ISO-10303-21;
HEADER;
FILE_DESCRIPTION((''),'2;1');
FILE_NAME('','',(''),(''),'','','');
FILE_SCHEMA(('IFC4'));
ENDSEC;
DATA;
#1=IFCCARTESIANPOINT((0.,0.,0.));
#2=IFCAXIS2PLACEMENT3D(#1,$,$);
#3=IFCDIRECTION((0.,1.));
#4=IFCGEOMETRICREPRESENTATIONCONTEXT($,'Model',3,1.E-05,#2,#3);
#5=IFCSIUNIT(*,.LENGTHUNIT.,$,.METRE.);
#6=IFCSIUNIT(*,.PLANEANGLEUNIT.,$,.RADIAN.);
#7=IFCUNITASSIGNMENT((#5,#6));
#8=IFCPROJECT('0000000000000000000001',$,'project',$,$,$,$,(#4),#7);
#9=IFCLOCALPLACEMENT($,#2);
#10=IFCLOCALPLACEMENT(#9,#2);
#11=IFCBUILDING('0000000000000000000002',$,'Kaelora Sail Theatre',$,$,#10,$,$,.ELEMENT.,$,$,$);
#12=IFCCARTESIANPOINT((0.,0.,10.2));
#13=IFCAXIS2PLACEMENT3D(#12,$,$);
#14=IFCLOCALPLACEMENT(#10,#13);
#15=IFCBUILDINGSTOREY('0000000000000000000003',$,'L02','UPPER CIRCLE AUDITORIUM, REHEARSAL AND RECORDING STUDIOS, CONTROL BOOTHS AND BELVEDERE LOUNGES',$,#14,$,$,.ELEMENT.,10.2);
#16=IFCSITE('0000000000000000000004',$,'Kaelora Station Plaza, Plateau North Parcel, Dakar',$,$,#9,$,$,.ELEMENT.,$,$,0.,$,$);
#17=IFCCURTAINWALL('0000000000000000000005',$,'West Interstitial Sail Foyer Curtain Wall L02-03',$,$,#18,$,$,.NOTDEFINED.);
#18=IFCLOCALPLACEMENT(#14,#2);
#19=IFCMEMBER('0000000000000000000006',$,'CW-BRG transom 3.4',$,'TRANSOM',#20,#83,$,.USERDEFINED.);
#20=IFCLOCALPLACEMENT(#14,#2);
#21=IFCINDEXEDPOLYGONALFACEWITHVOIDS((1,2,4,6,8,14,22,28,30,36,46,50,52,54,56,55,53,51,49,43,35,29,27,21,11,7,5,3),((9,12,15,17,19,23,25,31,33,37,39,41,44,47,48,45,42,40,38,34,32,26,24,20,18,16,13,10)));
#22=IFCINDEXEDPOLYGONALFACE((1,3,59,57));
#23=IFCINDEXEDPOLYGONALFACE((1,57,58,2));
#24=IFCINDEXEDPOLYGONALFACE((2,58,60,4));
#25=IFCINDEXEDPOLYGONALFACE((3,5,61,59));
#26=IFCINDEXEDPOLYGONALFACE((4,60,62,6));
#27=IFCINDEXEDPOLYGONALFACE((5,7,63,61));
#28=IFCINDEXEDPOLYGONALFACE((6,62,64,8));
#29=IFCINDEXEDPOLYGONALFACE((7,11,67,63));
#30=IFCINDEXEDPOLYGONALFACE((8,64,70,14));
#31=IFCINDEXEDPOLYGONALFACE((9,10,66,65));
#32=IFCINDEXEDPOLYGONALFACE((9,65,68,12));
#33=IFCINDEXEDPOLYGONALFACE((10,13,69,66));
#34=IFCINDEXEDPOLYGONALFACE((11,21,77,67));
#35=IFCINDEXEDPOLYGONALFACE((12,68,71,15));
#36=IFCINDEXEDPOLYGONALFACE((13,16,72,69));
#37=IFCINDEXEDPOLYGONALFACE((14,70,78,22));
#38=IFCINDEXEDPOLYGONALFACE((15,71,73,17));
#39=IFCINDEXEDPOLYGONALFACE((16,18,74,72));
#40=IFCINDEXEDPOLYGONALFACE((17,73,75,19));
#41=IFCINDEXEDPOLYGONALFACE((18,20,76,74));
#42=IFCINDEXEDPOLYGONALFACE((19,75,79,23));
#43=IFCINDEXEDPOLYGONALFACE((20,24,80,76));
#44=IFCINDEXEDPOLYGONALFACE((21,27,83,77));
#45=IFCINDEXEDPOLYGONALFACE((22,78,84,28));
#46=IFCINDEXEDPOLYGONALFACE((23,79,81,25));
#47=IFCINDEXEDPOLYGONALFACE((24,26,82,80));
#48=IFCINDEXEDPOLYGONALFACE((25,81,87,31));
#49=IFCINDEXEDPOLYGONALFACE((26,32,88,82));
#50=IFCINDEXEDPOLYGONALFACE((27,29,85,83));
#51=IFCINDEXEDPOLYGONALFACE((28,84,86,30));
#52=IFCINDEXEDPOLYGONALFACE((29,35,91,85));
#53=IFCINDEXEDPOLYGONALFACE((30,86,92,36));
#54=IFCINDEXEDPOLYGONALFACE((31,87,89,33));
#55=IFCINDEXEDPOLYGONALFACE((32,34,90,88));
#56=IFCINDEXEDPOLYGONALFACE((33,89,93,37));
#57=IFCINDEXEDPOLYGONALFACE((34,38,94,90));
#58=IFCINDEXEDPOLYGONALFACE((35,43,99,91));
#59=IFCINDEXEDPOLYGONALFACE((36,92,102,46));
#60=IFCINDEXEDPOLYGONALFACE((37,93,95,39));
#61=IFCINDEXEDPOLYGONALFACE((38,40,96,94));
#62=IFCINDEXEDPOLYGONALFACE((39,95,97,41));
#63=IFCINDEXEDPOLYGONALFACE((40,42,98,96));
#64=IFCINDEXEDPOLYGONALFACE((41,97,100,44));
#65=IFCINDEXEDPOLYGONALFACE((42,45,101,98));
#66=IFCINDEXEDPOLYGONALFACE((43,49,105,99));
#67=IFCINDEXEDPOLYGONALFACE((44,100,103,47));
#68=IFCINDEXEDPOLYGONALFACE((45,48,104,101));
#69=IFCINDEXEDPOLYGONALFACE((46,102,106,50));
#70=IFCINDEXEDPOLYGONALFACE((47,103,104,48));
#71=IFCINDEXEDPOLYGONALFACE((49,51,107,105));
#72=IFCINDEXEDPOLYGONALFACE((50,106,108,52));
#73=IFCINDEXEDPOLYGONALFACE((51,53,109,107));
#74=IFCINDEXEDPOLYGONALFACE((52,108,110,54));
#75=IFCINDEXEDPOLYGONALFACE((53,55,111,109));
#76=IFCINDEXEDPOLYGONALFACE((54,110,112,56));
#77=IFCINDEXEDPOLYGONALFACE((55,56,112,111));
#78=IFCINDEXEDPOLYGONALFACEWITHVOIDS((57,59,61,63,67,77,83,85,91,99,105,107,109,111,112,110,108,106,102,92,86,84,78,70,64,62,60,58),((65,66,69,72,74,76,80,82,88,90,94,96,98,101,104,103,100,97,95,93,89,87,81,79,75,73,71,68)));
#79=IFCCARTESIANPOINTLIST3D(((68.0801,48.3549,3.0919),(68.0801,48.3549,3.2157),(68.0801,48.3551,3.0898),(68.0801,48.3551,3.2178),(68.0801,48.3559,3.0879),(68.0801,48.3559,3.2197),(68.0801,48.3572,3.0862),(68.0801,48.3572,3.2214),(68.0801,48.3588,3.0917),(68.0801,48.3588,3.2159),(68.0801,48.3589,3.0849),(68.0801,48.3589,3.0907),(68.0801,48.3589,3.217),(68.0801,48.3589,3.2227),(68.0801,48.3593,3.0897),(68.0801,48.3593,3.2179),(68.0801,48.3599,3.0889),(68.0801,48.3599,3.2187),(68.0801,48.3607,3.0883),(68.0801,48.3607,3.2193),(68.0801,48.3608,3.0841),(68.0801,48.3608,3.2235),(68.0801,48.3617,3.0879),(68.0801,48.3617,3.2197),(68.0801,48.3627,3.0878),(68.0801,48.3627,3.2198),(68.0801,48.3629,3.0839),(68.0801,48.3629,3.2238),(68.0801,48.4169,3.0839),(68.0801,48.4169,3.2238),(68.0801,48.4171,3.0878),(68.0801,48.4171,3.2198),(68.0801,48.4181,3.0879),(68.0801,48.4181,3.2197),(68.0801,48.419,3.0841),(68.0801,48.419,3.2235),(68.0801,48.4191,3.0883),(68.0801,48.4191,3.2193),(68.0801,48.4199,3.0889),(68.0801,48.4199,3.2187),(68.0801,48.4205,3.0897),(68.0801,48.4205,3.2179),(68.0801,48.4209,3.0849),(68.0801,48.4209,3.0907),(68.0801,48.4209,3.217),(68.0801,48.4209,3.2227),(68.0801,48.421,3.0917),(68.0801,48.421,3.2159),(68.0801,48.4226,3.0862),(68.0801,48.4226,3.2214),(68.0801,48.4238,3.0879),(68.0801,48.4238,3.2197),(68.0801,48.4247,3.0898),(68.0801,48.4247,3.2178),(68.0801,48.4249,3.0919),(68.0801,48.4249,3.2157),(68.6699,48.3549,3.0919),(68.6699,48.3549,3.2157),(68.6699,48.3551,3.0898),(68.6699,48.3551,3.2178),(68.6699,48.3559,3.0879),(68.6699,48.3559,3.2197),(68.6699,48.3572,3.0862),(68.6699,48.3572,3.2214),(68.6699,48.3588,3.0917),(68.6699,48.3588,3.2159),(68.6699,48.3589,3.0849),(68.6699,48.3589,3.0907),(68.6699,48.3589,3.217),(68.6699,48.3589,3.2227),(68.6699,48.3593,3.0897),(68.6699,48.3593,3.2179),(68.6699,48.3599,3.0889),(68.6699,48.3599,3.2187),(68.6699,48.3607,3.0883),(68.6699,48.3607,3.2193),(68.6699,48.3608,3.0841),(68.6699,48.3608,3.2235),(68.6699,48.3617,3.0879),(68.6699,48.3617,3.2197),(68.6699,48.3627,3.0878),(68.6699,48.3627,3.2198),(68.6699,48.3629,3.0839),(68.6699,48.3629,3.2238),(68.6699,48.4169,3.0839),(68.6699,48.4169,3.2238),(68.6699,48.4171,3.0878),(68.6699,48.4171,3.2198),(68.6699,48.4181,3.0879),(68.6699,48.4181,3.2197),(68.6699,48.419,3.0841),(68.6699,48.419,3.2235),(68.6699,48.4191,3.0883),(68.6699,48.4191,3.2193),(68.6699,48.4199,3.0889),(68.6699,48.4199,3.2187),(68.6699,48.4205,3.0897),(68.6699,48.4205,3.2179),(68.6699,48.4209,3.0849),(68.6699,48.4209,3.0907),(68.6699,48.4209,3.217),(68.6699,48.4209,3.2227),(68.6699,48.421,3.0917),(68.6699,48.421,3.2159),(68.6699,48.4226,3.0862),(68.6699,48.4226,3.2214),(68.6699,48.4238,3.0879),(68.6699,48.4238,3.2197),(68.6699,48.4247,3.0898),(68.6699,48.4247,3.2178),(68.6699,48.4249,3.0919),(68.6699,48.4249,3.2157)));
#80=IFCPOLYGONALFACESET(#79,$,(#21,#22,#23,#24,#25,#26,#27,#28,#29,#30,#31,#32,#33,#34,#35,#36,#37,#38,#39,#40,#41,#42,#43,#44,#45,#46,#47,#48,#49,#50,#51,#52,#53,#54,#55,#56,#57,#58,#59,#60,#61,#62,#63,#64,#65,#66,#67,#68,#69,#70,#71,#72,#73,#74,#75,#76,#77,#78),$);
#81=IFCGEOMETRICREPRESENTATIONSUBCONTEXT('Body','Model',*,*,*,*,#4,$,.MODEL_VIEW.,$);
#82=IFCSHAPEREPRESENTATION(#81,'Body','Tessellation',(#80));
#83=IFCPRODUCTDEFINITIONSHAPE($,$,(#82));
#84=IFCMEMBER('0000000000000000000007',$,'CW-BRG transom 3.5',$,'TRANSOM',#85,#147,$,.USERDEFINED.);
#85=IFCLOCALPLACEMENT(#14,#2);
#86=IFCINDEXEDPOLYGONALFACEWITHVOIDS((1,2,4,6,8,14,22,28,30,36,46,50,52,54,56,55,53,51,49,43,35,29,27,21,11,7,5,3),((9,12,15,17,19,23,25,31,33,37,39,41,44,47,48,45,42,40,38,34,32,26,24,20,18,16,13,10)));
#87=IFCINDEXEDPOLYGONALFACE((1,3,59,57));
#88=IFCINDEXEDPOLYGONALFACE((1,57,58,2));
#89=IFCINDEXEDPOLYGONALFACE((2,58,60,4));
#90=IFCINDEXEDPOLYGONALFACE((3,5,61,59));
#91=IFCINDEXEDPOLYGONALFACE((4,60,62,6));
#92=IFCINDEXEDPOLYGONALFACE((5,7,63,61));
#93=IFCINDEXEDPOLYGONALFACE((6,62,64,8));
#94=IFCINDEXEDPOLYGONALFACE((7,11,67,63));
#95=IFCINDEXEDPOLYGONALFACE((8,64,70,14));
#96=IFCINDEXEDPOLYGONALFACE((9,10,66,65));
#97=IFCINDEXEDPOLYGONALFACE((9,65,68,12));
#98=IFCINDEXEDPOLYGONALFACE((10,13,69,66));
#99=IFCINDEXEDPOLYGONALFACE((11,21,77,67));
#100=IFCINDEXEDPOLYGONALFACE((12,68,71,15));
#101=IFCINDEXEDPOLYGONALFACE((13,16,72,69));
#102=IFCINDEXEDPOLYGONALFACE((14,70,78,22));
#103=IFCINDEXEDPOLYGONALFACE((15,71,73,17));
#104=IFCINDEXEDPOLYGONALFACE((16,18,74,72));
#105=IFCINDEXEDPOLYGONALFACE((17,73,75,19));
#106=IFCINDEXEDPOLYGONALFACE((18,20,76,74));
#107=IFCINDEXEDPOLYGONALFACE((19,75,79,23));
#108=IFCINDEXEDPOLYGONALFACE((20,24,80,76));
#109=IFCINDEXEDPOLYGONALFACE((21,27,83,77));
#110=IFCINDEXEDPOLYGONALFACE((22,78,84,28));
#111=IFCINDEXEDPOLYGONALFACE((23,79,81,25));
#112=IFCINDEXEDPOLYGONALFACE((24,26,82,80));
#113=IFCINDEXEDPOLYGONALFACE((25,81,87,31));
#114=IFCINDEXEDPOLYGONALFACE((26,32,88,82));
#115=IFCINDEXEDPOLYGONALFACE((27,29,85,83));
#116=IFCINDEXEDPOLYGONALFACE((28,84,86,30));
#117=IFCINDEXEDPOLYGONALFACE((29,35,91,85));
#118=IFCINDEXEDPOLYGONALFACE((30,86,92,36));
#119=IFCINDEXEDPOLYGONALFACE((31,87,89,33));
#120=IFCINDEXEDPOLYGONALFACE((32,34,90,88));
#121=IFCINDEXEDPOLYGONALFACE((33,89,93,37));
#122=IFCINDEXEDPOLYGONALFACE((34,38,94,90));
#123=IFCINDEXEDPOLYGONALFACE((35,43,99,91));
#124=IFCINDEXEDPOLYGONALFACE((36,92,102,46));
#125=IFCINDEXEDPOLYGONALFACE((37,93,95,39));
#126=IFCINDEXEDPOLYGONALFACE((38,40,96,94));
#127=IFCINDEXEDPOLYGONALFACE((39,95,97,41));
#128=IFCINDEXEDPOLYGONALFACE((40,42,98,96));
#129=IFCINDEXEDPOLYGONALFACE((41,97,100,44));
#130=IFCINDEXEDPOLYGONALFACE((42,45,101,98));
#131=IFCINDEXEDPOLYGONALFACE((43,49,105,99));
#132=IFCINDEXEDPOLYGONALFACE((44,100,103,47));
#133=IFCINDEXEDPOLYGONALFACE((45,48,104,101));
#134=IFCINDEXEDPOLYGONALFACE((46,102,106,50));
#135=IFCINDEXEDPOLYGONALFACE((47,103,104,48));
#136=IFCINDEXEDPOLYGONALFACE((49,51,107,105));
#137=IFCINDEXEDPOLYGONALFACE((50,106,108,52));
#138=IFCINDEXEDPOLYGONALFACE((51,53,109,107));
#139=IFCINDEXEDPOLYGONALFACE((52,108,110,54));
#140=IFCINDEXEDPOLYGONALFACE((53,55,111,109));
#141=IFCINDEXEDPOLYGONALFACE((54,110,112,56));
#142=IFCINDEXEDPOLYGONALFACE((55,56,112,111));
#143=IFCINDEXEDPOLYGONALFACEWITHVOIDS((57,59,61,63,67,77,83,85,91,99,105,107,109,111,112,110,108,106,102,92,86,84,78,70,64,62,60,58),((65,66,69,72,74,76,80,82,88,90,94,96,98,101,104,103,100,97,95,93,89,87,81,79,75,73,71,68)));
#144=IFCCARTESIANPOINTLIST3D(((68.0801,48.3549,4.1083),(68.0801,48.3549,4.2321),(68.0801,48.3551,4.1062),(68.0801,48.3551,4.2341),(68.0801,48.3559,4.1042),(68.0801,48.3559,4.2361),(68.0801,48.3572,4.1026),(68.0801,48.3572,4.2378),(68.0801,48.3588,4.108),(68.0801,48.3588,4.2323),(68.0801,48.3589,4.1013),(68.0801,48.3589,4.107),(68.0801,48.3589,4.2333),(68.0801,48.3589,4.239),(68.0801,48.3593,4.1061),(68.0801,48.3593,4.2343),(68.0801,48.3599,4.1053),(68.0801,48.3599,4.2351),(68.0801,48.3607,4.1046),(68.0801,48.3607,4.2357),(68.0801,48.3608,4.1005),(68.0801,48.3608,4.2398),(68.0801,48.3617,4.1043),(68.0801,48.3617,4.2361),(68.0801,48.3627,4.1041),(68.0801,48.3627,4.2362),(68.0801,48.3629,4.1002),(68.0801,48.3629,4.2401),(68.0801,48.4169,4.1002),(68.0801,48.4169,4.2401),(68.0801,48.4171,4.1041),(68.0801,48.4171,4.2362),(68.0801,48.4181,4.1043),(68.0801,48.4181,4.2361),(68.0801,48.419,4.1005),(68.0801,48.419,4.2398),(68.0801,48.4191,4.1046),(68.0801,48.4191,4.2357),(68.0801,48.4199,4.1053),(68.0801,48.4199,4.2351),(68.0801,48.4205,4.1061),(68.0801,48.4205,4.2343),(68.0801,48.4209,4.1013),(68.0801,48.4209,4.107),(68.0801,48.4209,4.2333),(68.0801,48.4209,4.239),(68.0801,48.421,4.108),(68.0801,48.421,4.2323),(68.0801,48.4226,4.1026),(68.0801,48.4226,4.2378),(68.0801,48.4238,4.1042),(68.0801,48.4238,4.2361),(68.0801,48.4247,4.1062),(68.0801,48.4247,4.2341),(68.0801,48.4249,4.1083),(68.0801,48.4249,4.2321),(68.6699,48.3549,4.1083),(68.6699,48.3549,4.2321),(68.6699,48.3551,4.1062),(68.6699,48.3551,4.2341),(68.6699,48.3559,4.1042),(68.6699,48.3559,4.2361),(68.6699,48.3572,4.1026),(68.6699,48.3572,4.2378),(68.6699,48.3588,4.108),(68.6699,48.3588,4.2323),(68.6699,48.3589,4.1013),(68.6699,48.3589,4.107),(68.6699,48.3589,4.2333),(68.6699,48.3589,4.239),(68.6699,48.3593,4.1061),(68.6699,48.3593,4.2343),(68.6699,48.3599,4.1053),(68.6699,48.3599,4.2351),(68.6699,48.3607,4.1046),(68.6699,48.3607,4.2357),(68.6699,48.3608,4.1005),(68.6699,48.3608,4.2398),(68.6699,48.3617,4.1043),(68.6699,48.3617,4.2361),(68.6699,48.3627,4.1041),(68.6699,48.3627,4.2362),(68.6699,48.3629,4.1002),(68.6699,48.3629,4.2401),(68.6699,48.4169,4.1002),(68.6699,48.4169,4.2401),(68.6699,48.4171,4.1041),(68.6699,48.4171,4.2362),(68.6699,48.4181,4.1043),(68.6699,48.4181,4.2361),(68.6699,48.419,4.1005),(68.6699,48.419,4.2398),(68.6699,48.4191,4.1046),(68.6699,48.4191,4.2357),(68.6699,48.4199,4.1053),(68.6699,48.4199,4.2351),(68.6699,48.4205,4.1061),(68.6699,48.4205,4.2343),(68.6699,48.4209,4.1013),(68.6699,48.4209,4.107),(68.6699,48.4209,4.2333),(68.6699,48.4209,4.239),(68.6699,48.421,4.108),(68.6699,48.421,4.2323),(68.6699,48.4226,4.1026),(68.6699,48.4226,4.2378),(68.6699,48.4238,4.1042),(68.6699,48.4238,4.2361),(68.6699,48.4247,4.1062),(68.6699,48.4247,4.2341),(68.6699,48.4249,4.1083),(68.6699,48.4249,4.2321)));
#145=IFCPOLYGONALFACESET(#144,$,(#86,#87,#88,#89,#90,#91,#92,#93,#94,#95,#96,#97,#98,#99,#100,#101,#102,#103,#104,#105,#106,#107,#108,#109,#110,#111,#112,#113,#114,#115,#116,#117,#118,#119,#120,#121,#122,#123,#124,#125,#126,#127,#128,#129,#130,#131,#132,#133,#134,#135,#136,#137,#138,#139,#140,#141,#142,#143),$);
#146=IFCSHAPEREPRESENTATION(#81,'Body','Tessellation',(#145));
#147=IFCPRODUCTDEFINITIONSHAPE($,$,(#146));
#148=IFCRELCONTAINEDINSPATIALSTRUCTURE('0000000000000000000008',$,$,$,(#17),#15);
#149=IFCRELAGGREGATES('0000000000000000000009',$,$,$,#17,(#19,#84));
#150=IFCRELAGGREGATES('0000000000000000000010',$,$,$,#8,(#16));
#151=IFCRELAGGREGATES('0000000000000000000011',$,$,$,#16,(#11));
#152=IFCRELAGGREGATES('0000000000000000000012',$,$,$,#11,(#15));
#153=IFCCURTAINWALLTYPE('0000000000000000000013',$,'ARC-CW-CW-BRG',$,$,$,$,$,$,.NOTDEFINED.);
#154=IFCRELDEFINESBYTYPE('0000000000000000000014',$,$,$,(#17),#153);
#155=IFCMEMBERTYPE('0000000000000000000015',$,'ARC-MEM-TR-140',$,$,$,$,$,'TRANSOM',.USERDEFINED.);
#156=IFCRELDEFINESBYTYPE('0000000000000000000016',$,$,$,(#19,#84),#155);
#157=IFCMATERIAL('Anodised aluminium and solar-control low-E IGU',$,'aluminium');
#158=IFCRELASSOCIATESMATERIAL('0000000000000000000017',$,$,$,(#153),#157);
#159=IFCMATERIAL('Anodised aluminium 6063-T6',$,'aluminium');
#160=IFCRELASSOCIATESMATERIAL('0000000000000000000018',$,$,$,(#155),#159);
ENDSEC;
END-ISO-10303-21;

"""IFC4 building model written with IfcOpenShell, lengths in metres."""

from ifc_helpers import new_model, si_unit, direction, frame, origin, origin_2d, place, context, subcontext, project, spatial, hollow_rectangle, extrude, material, material_profile, profile_set, type_object, element, aggregate, save


model = new_model("IFC4")

# Units and contexts
model_context = context("Model", 3, precision=1e-05, world=origin(), true_north=direction((0.0, 1.0)))
body_context = subcontext(model_context, "Body", "Model", "MODEL_VIEW")
ifc_project = project(units=[si_unit("LENGTHUNIT", "METRE"), si_unit("PLANEANGLEUNIT", "RADIAN")], contexts=[model_context])

# Site, building, storey
site_placement = place(None, origin())
site = spatial("IfcSite", under=ifc_project, at=site_placement, Name="Kaelora Station Plaza, Plateau North Parcel, Dakar", CompositionType="ELEMENT", RefElevation=0.0)
building_placement = place(site_placement, origin())
building = spatial("IfcBuilding", under=site, at=building_placement, Name="Kaelora Sail Theatre", CompositionType="ELEMENT")
storey_placement = place(building_placement, frame((0.0, 0.0, 10.2)))
storey = spatial("IfcBuildingStorey", under=building, at=storey_placement, Name="L02", Description="UPPER CIRCLE AUDITORIUM, REHEARSAL AND RECORDING STUDIOS, CONTROL BOOTHS AND BELVEDERE LOUNGES", CompositionType="ELEMENT", Elevation=10.2)

# Curtain wall, members
ifc_material_1 = material(Name="Anodised aluminium and solar-control low-E IGU", Category="aluminium")
curtain_wall_type = type_object("IfcCurtainWallType", Name="ARC-CW-CW-BRG", PredefinedType="NOTDEFINED", material=ifc_material_1)
curtain_wall_placement = place(storey_placement, origin())
curtain_wall = element("IfcCurtainWall", 1, at=curtain_wall_placement, inside=storey, type_object=curtain_wall_type, Name="West Interstitial Sail Foyer Curtain Wall L02-03", PredefinedType="NOTDEFINED")
ifc_material_2 = material(Name="Anodised aluminium 6063-T6", Category="aluminium")
ifc_material_profile_1 = material_profile(ifc_material_2, hollow_rectangle(XDim=0.0701, YDim=0.1399, WallThickness=0.0039, InnerFilletRadius=0.0039, OuterFilletRadius=0.0081, at=origin_2d()), Name="ALU-TRAN 70x140x4")
ifc_profile_set_1 = profile_set([ifc_material_profile_1], Name="Anodised aluminium 6063-T6")
member_type_1 = type_object("IfcMemberType", Name="ARC-MEM-TR-140", ElementType="TRANSOM", PredefinedType="USERDEFINED", material=ifc_profile_set_1)
member_1_placement = place(storey_placement, frame((68.0801, 48.3899, 3.1538), z_axis=(1.0, 0.0, 0.0), x_axis=(0.0, 1.0, 0.0)))
member_1 = element("IfcMember", 2, at=member_1_placement, type_object=member_type_1, Name="CW-BRG transom 3.4", ObjectType="TRANSOM", PredefinedType="USERDEFINED", context=body_context, shape_type="SweptSolid", body=[
    extrude(hollow_rectangle(XDim=0.0701, YDim=0.1399, WallThickness=0.0039, InnerFilletRadius=0.0039, OuterFilletRadius=0.0081, at=origin_2d()), origin(), (0.0, 0.0, 1.0), 0.5898),
])
member_2_placement = place(storey_placement, frame((68.0801, 48.3899, 4.1702), z_axis=(1.0, 0.0, 0.0), x_axis=(0.0, 1.0, 0.0)))
member_2 = element("IfcMember", 3, at=member_2_placement, type_object=member_type_1, Name="CW-BRG transom 3.5", ObjectType="TRANSOM", PredefinedType="USERDEFINED", context=body_context, shape_type="SweptSolid", body=[
    extrude(hollow_rectangle(XDim=0.0701, YDim=0.1399, WallThickness=0.0039, InnerFilletRadius=0.0039, OuterFilletRadius=0.0081, at=origin_2d()), origin(), (0.0, 0.0, 1.0), 0.5898),
])

aggregate(curtain_wall, [member_1, member_2])

save(model, "model.ifc")
